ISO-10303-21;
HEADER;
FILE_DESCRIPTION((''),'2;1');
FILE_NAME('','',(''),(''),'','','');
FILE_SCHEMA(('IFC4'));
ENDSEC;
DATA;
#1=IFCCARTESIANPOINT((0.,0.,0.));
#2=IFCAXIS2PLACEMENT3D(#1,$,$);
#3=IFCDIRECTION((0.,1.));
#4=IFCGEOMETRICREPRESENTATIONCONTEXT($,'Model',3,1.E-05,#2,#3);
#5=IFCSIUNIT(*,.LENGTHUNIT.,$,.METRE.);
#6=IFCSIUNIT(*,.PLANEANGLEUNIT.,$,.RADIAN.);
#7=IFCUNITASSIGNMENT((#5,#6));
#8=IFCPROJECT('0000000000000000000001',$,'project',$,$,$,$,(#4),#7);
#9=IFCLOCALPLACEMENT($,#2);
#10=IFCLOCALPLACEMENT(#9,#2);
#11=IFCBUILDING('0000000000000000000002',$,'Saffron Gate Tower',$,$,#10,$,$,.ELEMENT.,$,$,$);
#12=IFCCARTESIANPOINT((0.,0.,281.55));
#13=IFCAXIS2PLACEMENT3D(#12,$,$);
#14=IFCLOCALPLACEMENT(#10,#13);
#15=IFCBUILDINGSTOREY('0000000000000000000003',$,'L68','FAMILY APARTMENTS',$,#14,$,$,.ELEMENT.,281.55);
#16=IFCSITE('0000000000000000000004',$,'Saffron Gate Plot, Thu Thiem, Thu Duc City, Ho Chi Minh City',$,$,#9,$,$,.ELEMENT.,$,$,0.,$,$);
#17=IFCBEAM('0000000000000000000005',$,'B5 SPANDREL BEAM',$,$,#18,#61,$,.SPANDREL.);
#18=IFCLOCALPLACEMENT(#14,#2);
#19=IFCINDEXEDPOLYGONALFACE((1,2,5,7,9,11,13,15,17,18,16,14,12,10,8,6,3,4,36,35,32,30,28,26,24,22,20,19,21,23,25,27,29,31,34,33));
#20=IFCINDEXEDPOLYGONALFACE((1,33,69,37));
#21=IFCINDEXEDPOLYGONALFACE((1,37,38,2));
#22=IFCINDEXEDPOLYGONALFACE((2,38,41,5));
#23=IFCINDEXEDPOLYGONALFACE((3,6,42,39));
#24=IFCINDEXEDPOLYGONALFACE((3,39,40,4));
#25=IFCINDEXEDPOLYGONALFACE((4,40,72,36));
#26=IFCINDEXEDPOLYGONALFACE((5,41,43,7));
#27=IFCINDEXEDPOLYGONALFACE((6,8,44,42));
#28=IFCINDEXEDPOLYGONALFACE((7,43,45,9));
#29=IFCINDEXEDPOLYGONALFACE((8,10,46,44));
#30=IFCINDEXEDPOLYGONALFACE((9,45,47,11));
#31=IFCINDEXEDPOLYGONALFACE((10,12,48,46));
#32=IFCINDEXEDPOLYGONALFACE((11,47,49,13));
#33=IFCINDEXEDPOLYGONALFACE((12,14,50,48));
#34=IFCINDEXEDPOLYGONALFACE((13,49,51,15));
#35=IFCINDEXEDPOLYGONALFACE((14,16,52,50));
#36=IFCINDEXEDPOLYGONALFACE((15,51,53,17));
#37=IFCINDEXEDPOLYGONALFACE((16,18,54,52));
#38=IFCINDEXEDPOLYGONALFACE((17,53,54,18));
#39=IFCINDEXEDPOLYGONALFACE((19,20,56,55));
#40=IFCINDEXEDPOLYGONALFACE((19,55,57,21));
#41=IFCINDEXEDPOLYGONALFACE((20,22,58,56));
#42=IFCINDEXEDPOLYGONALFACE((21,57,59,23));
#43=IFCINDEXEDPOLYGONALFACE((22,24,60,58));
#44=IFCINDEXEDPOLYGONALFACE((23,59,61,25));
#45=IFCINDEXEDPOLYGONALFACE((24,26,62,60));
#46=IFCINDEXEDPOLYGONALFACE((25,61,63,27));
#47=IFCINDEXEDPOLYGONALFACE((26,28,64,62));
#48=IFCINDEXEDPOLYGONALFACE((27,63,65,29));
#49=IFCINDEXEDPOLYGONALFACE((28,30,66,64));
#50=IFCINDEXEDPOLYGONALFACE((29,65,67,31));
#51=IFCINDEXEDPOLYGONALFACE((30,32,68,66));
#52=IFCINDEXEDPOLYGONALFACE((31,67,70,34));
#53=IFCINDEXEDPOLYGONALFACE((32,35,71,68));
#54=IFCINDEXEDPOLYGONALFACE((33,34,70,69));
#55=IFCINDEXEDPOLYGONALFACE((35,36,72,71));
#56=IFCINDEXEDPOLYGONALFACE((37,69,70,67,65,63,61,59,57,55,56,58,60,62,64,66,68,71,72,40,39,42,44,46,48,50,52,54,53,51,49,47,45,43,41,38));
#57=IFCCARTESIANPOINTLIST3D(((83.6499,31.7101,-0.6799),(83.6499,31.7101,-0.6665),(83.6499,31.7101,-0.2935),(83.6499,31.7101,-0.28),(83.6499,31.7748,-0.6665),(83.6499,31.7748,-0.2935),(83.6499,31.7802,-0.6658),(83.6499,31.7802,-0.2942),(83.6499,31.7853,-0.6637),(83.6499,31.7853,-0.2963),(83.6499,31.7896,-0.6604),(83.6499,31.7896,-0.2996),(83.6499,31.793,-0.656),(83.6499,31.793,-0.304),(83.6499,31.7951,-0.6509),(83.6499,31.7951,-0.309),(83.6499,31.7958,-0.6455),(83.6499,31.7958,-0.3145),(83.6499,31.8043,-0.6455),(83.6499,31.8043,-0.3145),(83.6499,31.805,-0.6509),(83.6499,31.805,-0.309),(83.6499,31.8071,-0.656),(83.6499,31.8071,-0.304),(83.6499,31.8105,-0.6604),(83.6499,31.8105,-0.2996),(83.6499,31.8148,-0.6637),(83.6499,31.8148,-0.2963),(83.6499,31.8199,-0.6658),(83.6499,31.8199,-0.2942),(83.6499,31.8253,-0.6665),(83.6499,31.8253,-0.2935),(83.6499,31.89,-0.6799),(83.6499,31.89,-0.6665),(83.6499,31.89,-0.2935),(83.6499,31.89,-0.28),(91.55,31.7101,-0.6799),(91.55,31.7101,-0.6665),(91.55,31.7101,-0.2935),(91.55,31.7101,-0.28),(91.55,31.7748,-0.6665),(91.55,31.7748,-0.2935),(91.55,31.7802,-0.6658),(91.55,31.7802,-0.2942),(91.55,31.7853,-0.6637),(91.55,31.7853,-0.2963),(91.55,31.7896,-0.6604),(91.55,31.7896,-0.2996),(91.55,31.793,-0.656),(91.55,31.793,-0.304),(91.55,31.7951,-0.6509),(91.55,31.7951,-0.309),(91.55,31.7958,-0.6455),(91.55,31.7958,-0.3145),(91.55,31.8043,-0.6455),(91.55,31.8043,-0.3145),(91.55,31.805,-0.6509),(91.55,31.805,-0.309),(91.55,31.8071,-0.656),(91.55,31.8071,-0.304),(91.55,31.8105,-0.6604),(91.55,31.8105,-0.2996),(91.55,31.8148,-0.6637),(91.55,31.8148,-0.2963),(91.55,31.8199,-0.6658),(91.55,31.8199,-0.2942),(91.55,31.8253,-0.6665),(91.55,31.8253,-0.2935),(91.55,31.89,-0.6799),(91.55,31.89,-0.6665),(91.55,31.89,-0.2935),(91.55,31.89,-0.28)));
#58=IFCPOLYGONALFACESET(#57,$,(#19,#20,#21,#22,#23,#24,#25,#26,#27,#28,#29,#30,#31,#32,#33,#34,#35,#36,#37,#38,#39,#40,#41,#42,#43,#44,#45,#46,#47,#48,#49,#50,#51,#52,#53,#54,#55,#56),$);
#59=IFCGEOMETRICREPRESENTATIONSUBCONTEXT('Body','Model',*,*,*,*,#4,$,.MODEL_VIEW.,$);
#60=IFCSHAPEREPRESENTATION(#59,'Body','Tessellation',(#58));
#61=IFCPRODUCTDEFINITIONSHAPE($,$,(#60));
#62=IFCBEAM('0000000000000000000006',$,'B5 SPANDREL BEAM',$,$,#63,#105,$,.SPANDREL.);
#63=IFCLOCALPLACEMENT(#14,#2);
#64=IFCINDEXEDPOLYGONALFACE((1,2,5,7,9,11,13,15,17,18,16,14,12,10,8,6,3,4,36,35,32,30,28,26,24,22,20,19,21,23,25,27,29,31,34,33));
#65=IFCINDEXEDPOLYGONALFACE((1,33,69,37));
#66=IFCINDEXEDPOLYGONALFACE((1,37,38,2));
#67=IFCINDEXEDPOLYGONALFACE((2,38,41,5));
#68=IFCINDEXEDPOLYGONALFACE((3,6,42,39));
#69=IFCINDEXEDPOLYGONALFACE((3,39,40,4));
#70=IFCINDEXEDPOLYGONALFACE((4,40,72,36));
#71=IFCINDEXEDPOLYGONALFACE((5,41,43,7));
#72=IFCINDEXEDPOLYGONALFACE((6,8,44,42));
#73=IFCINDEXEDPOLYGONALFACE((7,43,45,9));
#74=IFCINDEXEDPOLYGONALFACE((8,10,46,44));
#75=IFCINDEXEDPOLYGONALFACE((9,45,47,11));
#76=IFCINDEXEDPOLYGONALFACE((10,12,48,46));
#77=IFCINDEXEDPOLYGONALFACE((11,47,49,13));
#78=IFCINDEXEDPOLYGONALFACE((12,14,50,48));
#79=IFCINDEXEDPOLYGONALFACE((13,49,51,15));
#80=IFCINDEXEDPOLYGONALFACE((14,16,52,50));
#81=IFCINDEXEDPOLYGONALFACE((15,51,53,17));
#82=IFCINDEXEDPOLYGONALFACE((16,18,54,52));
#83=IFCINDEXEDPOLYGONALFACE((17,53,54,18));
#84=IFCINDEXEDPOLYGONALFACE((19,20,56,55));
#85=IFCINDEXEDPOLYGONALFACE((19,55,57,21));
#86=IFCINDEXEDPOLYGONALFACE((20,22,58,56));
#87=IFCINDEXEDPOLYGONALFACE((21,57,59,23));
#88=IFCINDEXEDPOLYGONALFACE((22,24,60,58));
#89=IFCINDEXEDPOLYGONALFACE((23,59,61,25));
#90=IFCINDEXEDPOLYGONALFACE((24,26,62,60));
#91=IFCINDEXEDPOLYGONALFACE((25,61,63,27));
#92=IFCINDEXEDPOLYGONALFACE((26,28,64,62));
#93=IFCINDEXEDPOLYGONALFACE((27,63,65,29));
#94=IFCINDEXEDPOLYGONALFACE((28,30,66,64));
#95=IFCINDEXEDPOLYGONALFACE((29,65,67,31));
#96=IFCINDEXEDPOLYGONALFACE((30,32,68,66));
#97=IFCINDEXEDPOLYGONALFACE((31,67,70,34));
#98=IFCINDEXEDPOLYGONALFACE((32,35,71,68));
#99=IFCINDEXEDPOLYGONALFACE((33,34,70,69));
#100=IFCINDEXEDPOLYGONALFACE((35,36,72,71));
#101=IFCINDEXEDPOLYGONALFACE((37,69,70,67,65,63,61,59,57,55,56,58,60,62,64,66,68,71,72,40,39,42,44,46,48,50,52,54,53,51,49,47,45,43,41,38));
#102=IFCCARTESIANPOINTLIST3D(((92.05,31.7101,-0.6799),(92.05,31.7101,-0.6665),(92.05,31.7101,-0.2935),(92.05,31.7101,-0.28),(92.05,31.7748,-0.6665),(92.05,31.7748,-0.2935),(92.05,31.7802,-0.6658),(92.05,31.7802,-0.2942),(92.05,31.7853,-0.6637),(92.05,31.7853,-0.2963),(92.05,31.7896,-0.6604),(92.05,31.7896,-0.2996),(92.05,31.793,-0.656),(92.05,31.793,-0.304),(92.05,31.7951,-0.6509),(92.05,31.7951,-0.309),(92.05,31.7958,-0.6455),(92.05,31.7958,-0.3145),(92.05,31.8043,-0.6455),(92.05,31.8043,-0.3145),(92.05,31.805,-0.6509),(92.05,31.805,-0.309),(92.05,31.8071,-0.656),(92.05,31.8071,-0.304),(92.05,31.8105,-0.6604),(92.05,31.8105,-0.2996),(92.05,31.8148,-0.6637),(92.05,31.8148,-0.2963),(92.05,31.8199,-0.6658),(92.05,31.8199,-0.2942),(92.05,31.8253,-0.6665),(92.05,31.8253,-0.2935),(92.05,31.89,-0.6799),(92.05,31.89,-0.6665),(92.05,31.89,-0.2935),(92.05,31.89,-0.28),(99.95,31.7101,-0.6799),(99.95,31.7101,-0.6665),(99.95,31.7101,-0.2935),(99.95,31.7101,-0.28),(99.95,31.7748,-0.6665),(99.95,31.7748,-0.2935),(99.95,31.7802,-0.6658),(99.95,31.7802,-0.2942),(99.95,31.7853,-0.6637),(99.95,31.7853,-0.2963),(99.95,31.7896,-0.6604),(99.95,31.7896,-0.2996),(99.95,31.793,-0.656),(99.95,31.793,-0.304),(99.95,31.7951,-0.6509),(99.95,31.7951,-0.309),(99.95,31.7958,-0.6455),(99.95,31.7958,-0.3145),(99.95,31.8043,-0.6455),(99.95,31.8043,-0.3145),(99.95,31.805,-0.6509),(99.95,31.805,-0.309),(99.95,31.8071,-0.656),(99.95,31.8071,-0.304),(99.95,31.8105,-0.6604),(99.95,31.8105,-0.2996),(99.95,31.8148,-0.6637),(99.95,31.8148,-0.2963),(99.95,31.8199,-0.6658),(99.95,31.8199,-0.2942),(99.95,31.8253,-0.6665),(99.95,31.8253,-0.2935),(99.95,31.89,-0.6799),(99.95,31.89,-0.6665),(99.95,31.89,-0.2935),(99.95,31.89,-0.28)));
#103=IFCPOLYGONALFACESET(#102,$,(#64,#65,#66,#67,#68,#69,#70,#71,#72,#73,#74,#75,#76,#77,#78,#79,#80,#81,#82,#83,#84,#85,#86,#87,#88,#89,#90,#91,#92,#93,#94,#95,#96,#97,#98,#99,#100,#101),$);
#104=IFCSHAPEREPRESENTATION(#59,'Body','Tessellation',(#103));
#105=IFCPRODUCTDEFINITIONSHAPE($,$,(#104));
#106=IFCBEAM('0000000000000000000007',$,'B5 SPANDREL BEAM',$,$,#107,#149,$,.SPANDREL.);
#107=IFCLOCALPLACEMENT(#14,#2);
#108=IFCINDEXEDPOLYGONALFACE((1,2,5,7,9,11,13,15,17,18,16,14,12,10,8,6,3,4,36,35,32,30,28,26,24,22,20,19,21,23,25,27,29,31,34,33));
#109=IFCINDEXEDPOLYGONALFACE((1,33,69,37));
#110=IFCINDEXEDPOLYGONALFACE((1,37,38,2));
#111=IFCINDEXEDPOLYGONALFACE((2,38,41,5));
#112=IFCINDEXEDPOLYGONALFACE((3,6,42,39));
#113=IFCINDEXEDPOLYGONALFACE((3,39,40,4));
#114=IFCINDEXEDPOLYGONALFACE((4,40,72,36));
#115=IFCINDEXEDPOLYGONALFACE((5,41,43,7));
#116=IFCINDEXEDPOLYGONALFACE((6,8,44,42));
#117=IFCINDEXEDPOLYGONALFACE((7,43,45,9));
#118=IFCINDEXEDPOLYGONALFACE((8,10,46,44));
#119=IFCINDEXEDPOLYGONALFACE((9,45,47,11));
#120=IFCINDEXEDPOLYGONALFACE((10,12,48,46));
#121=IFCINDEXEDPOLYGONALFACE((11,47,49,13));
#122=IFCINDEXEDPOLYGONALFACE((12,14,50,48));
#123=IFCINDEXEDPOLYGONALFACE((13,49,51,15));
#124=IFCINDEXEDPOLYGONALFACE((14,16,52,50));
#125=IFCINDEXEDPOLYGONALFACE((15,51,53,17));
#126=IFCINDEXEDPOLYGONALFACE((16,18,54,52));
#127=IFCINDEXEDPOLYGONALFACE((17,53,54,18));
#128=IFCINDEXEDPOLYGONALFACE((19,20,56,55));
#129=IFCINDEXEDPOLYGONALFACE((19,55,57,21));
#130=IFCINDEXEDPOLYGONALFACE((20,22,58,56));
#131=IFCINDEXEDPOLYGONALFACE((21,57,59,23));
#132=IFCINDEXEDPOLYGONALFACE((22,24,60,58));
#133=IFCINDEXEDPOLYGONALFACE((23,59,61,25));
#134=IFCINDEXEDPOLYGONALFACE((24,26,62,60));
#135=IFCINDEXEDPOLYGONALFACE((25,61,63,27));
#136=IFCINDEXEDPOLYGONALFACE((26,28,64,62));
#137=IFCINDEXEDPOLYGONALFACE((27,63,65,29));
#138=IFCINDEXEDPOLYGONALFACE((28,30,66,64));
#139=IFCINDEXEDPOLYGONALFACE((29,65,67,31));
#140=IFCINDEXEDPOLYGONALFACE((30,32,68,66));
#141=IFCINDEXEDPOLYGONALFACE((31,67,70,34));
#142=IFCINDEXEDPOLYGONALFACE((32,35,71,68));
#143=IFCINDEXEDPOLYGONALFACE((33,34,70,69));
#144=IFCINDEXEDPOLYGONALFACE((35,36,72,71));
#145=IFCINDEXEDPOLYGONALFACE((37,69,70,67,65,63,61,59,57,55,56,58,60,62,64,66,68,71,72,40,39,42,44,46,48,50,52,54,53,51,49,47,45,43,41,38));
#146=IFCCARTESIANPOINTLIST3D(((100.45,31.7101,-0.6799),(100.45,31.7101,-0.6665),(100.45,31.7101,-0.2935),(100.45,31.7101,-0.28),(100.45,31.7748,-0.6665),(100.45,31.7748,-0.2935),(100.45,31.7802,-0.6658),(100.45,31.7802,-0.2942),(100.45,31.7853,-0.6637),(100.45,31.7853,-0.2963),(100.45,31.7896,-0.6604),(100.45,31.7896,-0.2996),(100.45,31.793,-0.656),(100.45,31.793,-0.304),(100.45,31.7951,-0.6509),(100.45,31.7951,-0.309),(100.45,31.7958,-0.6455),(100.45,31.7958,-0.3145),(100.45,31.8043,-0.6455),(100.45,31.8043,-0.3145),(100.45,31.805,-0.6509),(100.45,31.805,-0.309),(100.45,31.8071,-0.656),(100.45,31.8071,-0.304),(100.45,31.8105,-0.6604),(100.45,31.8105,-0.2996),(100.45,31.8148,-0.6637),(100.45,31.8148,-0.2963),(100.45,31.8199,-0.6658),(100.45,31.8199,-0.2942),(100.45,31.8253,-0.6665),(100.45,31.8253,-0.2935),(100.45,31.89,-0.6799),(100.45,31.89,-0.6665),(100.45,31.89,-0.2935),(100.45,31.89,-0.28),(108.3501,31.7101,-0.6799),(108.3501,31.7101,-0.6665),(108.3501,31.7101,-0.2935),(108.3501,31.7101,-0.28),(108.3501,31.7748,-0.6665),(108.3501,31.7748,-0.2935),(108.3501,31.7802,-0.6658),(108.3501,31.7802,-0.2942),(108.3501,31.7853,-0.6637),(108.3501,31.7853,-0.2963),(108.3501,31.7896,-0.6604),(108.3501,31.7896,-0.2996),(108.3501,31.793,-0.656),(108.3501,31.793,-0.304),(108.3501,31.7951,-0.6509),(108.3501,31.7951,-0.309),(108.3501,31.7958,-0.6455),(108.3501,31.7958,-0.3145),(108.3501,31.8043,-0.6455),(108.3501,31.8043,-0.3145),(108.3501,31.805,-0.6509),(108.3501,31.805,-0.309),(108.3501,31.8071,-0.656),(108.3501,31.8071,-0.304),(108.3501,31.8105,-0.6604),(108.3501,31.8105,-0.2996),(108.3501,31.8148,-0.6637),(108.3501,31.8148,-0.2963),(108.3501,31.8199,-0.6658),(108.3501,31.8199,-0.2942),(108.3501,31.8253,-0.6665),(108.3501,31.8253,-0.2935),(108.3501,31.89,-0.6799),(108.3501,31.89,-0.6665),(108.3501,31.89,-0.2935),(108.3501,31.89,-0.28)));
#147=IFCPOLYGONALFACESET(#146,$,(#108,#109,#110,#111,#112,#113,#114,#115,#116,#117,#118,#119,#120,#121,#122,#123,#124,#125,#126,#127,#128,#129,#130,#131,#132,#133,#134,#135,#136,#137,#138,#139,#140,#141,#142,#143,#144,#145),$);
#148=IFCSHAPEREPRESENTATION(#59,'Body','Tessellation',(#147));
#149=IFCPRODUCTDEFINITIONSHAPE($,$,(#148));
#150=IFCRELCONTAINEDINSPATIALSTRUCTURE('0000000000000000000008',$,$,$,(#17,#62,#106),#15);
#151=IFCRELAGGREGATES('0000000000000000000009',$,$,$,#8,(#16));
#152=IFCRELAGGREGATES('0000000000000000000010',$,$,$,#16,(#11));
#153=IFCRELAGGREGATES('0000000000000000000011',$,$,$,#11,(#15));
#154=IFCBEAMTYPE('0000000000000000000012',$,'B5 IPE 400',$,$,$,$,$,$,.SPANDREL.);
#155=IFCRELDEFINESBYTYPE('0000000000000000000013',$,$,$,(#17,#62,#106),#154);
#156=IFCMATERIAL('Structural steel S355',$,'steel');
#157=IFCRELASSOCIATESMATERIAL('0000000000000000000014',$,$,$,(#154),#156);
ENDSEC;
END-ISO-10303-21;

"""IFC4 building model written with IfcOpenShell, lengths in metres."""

from ifc_helpers import new_model, si_unit, direction, frame, origin, origin_2d, place, context, subcontext, project, spatial, i_section, extrude, material, material_profile, profile_set, type_object, element, save


model = new_model("IFC4")

# Units and contexts
model_context = context("Model", 3, precision=1e-05, world=origin(), true_north=direction((0.0, 1.0)))
body_context = subcontext(model_context, "Body", "Model", "MODEL_VIEW")
ifc_project = project(units=[si_unit("LENGTHUNIT", "METRE"), si_unit("PLANEANGLEUNIT", "RADIAN")], contexts=[model_context])

# Site, building, storey
site_placement = place(None, origin())
site = spatial("IfcSite", under=ifc_project, at=site_placement, Name="Saffron Gate Plot, Thu Thiem, Thu Duc City, Ho Chi Minh City", CompositionType="ELEMENT", RefElevation=0.0)
building_placement = place(site_placement, origin())
building = spatial("IfcBuilding", under=site, at=building_placement, Name="Saffron Gate Tower", CompositionType="ELEMENT")
storey_placement = place(building_placement, frame((0.0, 0.0, 281.55)))
storey = spatial("IfcBuildingStorey", under=building, at=storey_placement, Name="L68", Description="FAMILY APARTMENTS", CompositionType="ELEMENT", Elevation=281.55)

# Beams
ifc_material_1 = material(Name="Structural steel S355", Category="steel")
ifc_material_profile_1 = material_profile(ifc_material_1, i_section(OverallWidth=0.1799, OverallDepth=0.3999, WebThickness=0.0085, FlangeThickness=0.0134, FilletRadius=0.021, at=origin_2d()))
ifc_profile_set_1 = profile_set([ifc_material_profile_1], Name="Structural steel S355")
beam_type_1 = type_object("IfcBeamType", Name="B5 IPE 400", PredefinedType="SPANDREL", material=ifc_profile_set_1)
beam_1_placement = place(storey_placement, frame((83.6499, 31.8, -0.48), z_axis=(1.0, 0.0, 0.0), x_axis=(0.0, 1.0, 0.0)))
element("IfcBeam", 1, at=beam_1_placement, inside=storey, type_object=beam_type_1, Name="B5 SPANDREL BEAM", PredefinedType="SPANDREL", context=body_context, shape_type="SweptSolid", body=[
    extrude(i_section(OverallWidth=0.1799, OverallDepth=0.3999, WebThickness=0.0085, FlangeThickness=0.0134, FilletRadius=0.021, at=origin_2d()), origin(), (0.0, 0.0, 1.0), 7.9001),
])
beam_2_placement = place(storey_placement, frame((92.05, 31.8, -0.48), z_axis=(1.0, 0.0, 0.0), x_axis=(0.0, 1.0, 0.0)))
element("IfcBeam", 2, at=beam_2_placement, inside=storey, type_object=beam_type_1, Name="B5 SPANDREL BEAM", PredefinedType="SPANDREL", context=body_context, shape_type="SweptSolid", body=[
    extrude(i_section(OverallWidth=0.1799, OverallDepth=0.3999, WebThickness=0.0085, FlangeThickness=0.0134, FilletRadius=0.021, at=origin_2d()), origin(), (0.0, 0.0, 1.0), 7.8999),
])
beam_3_placement = place(storey_placement, frame((100.45, 31.8, -0.48), z_axis=(1.0, 0.0, 0.0), x_axis=(0.0, 1.0, 0.0)))
element("IfcBeam", 3, at=beam_3_placement, inside=storey, type_object=beam_type_1, Name="B5 SPANDREL BEAM", PredefinedType="SPANDREL", context=body_context, shape_type="SweptSolid", body=[
    extrude(i_section(OverallWidth=0.1799, OverallDepth=0.3999, WebThickness=0.0085, FlangeThickness=0.0134, FilletRadius=0.021, at=origin_2d()), origin(), (0.0, 0.0, 1.0), 7.9001),
])

save(model, "model.ifc")
